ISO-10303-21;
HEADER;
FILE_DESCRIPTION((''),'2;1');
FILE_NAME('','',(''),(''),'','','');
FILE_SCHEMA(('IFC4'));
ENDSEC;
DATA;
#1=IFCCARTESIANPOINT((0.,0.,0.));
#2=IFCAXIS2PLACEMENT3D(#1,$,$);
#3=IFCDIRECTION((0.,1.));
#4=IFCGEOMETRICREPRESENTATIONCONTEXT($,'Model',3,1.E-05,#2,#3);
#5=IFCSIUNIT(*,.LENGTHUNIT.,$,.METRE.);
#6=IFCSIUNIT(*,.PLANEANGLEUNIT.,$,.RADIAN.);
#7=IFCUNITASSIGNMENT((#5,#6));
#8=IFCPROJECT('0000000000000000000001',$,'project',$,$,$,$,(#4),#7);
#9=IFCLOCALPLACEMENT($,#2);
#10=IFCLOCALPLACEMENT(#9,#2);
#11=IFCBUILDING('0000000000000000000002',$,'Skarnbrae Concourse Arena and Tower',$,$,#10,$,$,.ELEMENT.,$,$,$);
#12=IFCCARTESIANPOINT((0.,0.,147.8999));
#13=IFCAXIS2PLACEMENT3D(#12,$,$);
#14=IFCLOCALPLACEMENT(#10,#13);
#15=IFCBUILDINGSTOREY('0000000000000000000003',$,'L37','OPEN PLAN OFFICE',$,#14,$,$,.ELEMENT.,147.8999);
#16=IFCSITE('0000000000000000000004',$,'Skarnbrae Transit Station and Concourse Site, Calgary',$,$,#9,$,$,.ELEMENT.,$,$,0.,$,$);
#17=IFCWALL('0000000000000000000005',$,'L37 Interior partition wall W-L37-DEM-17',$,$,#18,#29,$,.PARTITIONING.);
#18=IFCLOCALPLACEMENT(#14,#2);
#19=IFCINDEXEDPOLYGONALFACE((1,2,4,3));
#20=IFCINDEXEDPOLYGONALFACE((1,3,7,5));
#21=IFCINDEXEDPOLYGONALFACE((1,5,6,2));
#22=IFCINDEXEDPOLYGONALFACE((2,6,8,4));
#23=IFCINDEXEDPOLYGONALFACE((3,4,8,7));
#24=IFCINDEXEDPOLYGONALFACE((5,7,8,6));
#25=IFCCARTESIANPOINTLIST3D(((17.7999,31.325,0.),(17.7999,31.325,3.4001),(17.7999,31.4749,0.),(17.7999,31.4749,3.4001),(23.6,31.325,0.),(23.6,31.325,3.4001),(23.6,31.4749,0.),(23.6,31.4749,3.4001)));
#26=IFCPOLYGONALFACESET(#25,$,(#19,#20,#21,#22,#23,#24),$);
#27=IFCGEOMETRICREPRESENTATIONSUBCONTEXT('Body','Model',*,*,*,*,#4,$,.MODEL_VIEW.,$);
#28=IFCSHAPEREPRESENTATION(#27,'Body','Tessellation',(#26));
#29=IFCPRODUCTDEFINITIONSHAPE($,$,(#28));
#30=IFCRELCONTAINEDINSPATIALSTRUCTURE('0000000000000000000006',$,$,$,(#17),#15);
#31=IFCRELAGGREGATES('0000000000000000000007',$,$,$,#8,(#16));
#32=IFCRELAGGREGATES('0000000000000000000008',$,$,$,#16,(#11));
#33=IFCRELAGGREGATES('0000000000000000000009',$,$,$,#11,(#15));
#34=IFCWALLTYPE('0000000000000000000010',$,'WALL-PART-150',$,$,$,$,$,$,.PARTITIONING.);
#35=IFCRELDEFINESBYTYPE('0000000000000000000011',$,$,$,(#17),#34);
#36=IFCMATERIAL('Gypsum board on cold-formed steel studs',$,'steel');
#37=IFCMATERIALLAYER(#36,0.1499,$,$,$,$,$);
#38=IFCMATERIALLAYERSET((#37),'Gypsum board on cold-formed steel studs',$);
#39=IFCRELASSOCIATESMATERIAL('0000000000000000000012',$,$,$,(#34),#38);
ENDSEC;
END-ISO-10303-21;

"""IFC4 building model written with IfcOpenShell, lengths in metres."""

from ifc_helpers import new_model, si_unit, direction, frame, frame_2d, origin, place, context, subcontext, project, spatial, rectangle, extrude, source, transform, mapped, material, layer, layer_set, type_object, element, save


model = new_model("IFC4")

# Units and contexts
model_context = context("Model", 3, precision=1e-05, world=origin(), true_north=direction((0.0, 1.0)))
body_context = subcontext(model_context, "Body", "Model", "MODEL_VIEW")
ifc_project = project(units=[si_unit("LENGTHUNIT", "METRE"), si_unit("PLANEANGLEUNIT", "RADIAN")], contexts=[model_context])

# Site, building, storey
site_placement = place(None, origin())
site = spatial("IfcSite", under=ifc_project, at=site_placement, Name="Skarnbrae Transit Station and Concourse Site, Calgary", CompositionType="ELEMENT", RefElevation=0.0)
building_placement = place(site_placement, origin())
building = spatial("IfcBuilding", under=site, at=building_placement, Name="Skarnbrae Concourse Arena and Tower", CompositionType="ELEMENT")
storey_placement = place(building_placement, frame((0.0, 0.0, 147.8999)))
storey = spatial("IfcBuildingStorey", under=building, at=storey_placement, Name="L37", Description="OPEN PLAN OFFICE", CompositionType="ELEMENT", Elevation=147.8999)

# Wall
ifc_material_1 = material(Name="Gypsum board on cold-formed steel studs", Category="steel")
ifc_layer = layer(ifc_material_1, 0.1499)
ifc_layer_set = layer_set([ifc_layer], Name="Gypsum board on cold-formed steel studs")
wall_type = type_object("IfcWallType", Name="WALL-PART-150", PredefinedType="PARTITIONING", material=ifc_layer_set)
shared_shape_1 = source(origin(), body_context, "Body", "SweptSolid", [
    extrude(rectangle(XDim=5.8, YDim=0.1499, at=frame_2d((2.8999, 0.0))), origin(), (0.0, 0.0, 1.0), 3.4001),
])
wall_1_placement = place(storey_placement, frame((17.8, 31.3999, 0.0), z_axis=(0.0, 0.0, 1.0), x_axis=(1.0, 0.0, 0.0)))
element("IfcWall", 1, at=wall_1_placement, inside=storey, type_object=wall_type, Name="L37 Interior partition wall W-L37-DEM-17", PredefinedType="PARTITIONING", context=body_context, shape_type="MappedRepresentation", body=[
    mapped(shared_shape_1, transform((0.0, 0.0, 0.0))),
])

save(model, "model.ifc")
